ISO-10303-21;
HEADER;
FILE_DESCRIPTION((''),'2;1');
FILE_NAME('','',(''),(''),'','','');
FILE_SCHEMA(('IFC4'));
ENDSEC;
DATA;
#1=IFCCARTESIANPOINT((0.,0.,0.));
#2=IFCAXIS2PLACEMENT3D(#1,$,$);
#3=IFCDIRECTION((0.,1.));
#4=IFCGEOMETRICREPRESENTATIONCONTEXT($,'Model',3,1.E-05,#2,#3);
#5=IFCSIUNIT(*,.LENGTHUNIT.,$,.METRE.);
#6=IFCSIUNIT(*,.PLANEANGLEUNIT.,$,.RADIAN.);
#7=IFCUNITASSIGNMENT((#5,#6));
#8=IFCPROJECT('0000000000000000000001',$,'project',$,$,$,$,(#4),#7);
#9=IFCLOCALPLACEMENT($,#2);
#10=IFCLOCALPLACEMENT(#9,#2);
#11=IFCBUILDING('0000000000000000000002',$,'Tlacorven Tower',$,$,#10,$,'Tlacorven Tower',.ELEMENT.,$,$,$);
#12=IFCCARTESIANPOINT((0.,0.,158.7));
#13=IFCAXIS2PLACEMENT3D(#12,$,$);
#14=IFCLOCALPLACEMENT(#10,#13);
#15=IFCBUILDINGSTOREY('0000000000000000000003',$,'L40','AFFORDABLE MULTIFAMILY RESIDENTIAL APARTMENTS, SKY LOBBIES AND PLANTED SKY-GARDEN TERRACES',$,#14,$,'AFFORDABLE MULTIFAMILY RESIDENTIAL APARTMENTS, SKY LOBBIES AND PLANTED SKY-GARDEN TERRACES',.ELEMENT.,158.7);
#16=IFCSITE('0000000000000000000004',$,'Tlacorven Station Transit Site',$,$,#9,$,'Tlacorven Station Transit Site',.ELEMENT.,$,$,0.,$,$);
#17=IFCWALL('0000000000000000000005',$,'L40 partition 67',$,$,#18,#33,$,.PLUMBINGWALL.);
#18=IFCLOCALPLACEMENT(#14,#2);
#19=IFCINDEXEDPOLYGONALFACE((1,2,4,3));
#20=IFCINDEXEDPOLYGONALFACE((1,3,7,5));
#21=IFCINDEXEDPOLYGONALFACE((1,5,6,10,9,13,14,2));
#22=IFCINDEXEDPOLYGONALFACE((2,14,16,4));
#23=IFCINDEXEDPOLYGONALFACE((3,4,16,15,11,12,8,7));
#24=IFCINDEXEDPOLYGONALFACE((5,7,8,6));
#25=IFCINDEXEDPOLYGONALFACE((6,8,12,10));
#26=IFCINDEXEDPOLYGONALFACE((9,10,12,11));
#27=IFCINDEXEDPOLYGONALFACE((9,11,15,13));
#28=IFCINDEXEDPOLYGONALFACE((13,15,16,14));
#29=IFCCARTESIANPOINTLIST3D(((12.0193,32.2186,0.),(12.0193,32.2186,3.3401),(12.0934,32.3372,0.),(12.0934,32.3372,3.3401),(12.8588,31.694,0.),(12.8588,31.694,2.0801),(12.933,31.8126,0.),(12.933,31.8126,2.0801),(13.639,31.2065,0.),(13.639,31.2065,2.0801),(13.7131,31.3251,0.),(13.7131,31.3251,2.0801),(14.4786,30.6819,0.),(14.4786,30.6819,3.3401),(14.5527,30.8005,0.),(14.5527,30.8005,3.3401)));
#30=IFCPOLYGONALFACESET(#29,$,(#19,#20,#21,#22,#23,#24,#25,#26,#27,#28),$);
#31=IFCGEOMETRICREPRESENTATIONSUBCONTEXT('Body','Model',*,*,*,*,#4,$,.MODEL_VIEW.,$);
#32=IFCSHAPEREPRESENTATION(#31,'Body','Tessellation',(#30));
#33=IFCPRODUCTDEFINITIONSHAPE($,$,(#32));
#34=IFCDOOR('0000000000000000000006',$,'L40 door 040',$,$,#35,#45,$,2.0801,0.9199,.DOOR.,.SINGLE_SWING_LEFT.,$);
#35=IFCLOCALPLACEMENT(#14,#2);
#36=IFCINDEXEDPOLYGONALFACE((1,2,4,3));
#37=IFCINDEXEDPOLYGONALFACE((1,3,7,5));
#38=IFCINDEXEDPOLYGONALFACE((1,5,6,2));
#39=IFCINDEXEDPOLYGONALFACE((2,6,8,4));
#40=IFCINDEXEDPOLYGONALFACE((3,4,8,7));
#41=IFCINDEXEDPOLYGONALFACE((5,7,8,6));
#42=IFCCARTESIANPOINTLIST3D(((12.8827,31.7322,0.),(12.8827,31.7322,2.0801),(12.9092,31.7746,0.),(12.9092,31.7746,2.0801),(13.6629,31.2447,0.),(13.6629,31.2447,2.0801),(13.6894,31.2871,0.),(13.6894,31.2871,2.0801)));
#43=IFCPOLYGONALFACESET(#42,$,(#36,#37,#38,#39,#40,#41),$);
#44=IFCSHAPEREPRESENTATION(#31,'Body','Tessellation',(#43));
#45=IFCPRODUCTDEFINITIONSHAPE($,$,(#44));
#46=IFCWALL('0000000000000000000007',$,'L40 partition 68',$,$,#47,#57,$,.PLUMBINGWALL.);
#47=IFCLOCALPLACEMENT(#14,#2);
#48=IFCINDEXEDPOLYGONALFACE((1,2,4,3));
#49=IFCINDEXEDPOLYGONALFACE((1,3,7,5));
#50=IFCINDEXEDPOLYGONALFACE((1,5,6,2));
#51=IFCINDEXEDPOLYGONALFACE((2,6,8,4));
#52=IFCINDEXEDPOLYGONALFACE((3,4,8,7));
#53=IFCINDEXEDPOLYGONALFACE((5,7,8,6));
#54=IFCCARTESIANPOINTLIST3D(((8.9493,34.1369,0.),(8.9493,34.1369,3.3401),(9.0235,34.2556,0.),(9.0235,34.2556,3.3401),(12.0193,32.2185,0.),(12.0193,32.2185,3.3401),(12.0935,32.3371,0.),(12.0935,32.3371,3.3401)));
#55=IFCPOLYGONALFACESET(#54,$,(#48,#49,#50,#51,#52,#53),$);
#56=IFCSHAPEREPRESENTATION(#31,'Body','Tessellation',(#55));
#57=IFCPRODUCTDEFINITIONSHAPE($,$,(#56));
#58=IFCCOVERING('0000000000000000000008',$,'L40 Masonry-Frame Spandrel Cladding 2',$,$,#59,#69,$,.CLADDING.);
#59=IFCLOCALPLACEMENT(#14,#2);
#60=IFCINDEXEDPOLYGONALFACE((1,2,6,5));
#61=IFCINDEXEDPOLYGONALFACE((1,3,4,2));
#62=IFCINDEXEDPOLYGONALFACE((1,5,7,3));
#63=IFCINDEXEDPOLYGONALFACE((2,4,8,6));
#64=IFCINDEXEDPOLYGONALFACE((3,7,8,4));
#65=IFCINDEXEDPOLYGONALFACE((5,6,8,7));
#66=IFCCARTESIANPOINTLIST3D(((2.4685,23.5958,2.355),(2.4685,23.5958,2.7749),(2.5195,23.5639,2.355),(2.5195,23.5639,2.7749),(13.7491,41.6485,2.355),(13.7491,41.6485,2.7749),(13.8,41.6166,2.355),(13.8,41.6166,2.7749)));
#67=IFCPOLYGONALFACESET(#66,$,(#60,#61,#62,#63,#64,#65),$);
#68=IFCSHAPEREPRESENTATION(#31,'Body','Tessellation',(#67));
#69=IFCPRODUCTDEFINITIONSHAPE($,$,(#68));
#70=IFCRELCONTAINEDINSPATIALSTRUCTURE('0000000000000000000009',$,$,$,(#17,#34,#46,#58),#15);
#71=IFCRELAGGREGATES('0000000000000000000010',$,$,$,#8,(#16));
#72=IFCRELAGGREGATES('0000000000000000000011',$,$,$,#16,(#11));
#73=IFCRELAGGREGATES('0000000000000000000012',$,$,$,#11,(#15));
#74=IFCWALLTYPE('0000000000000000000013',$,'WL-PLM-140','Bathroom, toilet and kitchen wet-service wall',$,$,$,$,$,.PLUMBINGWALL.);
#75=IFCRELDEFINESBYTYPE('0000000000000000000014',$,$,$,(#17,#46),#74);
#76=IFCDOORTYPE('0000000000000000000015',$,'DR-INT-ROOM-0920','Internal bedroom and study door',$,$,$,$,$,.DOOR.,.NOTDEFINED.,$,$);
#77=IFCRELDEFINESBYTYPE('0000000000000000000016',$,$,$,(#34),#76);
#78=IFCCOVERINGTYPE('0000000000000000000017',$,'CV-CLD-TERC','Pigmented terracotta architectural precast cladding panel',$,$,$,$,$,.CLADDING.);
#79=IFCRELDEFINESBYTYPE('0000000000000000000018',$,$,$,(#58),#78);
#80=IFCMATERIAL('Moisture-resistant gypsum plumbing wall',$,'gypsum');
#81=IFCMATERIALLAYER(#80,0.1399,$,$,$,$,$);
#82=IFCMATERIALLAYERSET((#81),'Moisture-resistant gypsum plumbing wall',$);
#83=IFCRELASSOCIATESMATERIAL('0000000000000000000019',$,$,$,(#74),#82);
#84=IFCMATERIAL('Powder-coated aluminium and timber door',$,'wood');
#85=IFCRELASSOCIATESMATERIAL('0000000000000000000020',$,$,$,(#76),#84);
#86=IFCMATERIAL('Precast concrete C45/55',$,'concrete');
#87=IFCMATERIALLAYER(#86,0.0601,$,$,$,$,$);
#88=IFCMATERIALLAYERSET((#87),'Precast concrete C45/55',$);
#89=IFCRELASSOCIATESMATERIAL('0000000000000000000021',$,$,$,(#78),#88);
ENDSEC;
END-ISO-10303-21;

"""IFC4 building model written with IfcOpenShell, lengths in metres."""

from ifc_helpers import new_model, si_unit, direction, frame, frame_2d, origin, origin_2d, place, context, subcontext, project, spatial, rectangle, extrude, source, transform, mapped, material, layer, layer_set, type_object, element, fill, save


model = new_model("IFC4")

# Units and contexts
model_context = context("Model", 3, precision=1e-05, world=origin(), true_north=direction((0.0, 1.0)))
body_context = subcontext(model_context, "Body", "Model", "MODEL_VIEW")
ifc_project = project(units=[si_unit("LENGTHUNIT", "METRE"), si_unit("PLANEANGLEUNIT", "RADIAN")], contexts=[model_context])

# Site, building, storey
site_placement = place(None, origin())
site = spatial("IfcSite", under=ifc_project, at=site_placement, Name="Tlacorven Station Transit Site", LongName="Tlacorven Station Transit Site", CompositionType="ELEMENT", RefElevation=0.0)
building_placement = place(site_placement, origin())
building = spatial("IfcBuilding", under=site, at=building_placement, Name="Tlacorven Tower", LongName="Tlacorven Tower", CompositionType="ELEMENT")
storey_placement = place(building_placement, frame((0.0, 0.0, 158.7)))
storey = spatial("IfcBuildingStorey", under=building, at=storey_placement, Name="L40", Description="AFFORDABLE MULTIFAMILY RESIDENTIAL APARTMENTS, SKY LOBBIES AND PLANTED SKY-GARDEN TERRACES", LongName="AFFORDABLE MULTIFAMILY RESIDENTIAL APARTMENTS, SKY LOBBIES AND PLANTED SKY-GARDEN TERRACES", CompositionType="ELEMENT", Elevation=158.7)

# Wall, opening, door
ifc_material_1 = material(Name="Moisture-resistant gypsum plumbing wall", Category="gypsum")
ifc_layer_1 = layer(ifc_material_1, 0.1399)
ifc_layer_set_1 = layer_set([ifc_layer_1], Name="Moisture-resistant gypsum plumbing wall")
wall_type_1 = type_object("IfcWallType", Name="WL-PLM-140", Description="Bathroom, toilet and kitchen wet-service wall", PredefinedType="PLUMBINGWALL", material=ifc_layer_set_1)
wall_1_placement = place(storey_placement, frame((14.5156, 30.7412, 0.0), z_axis=(0.0, 0.0, 1.0), x_axis=(-0.84806, 0.529901, 0.0)))
wall_1 = element("IfcWall", 1, at=wall_1_placement, inside=storey, type_object=wall_type_1, Name="L40 partition 67", PredefinedType="PLUMBINGWALL", context=body_context, shape_type="SweptSolid", body=[
    extrude(rectangle(XDim=2.8999, YDim=0.1399, at=frame_2d((1.45, 0.0))), origin(), (0.0, 0.0, 1.0), 3.3401),
])
opening_placement = place(wall_1_placement, frame((0.99, 0.0, 0.0)))
opening = element("IfcOpeningElement", 2, at=opening_placement, cuts=wall_1, PredefinedType="OPENING", context=body_context, shape_type="SweptSolid", body=[
    extrude(rectangle(XDim=0.9199, YDim=2.0801, at=frame_2d((0.46, 1.04))), frame((0.0, 0.0801, 0.0), z_axis=(0.0, -1.0, 0.0), x_axis=(1.0, 0.0, 0.0)), (0.0, 0.0, 1.0), 0.1599),
])
ifc_material_2 = material(Name="Powder-coated aluminium and timber door", Category="wood")
door_type = type_object("IfcDoorType", Name="DR-INT-ROOM-0920", Description="Internal bedroom and study door", OperationType="NOTDEFINED", PredefinedType="DOOR", material=ifc_material_2)
shared_shape_1 = source(origin(), body_context, "Body", "SweptSolid", [
    extrude(rectangle(XDim=0.9199, YDim=2.0801, at=frame_2d((0.46, 1.04))), frame((0.0, 0.0249, 0.0), z_axis=(0.0, -1.0, 0.0), x_axis=(1.0, 0.0, 0.0)), (0.0, 0.0, 1.0), 0.05),
])
door_placement = place(opening_placement, origin())
door = element("IfcDoor", 3, at=door_placement, inside=storey, type_object=door_type, Name="L40 door 040", OperationType="SINGLE_SWING_LEFT", OverallHeight=2.0801, OverallWidth=0.9199, PredefinedType="DOOR", context=body_context, shape_type="MappedRepresentation", body=[
    mapped(shared_shape_1, transform((0.0, 0.0, 0.0), scale=1.0)),
])
fill(opening, door)

# Wall
wall_2_placement = place(storey_placement, frame((12.0564, 32.2778, 0.0), z_axis=(0.0, 0.0, 1.0), x_axis=(-0.84804, 0.529932, 0.0)))
element("IfcWall", 4, at=wall_2_placement, inside=storey, type_object=wall_type_1, Name="L40 partition 68", PredefinedType="PLUMBINGWALL", context=body_context, shape_type="SweptSolid", body=[
    extrude(rectangle(XDim=3.6201, YDim=0.1399, at=frame_2d((1.8101, 0.0))), origin(), (0.0, 0.0, 1.0), 3.3401),
])

# Covering
ifc_material_3 = material(Name="Precast concrete C45/55", Category="concrete")
ifc_layer_2 = layer(ifc_material_3, 0.0601)
ifc_layer_set_2 = layer_set([ifc_layer_2], Name="Precast concrete C45/55")
covering_type = type_object("IfcCoveringType", Name="CV-CLD-TERC", Description="Pigmented terracotta architectural precast cladding panel", PredefinedType="CLADDING", material=ifc_layer_set_2)
shared_shape_2 = source(origin(), body_context, "Body", "SweptSolid", [
    extrude(rectangle(XDim=21.2874, YDim=0.0601, at=origin_2d()), origin(), (0.0, 0.0, 1.0), 0.4199),
])
covering_placement = place(storey_placement, frame((8.1343, 32.6062, 2.355), z_axis=(0.0, 0.0, 1.0), x_axis=(0.529919, 0.848048, 0.0)))
element("IfcCovering", 5, at=covering_placement, inside=storey, type_object=covering_type, Name="L40 Masonry-Frame Spandrel Cladding 2", PredefinedType="CLADDING", context=body_context, shape_type="MappedRepresentation", body=[
    mapped(shared_shape_2, transform((0.0, 0.0, 0.0), scale=1.0)),
])

save(model, "model.ifc")
